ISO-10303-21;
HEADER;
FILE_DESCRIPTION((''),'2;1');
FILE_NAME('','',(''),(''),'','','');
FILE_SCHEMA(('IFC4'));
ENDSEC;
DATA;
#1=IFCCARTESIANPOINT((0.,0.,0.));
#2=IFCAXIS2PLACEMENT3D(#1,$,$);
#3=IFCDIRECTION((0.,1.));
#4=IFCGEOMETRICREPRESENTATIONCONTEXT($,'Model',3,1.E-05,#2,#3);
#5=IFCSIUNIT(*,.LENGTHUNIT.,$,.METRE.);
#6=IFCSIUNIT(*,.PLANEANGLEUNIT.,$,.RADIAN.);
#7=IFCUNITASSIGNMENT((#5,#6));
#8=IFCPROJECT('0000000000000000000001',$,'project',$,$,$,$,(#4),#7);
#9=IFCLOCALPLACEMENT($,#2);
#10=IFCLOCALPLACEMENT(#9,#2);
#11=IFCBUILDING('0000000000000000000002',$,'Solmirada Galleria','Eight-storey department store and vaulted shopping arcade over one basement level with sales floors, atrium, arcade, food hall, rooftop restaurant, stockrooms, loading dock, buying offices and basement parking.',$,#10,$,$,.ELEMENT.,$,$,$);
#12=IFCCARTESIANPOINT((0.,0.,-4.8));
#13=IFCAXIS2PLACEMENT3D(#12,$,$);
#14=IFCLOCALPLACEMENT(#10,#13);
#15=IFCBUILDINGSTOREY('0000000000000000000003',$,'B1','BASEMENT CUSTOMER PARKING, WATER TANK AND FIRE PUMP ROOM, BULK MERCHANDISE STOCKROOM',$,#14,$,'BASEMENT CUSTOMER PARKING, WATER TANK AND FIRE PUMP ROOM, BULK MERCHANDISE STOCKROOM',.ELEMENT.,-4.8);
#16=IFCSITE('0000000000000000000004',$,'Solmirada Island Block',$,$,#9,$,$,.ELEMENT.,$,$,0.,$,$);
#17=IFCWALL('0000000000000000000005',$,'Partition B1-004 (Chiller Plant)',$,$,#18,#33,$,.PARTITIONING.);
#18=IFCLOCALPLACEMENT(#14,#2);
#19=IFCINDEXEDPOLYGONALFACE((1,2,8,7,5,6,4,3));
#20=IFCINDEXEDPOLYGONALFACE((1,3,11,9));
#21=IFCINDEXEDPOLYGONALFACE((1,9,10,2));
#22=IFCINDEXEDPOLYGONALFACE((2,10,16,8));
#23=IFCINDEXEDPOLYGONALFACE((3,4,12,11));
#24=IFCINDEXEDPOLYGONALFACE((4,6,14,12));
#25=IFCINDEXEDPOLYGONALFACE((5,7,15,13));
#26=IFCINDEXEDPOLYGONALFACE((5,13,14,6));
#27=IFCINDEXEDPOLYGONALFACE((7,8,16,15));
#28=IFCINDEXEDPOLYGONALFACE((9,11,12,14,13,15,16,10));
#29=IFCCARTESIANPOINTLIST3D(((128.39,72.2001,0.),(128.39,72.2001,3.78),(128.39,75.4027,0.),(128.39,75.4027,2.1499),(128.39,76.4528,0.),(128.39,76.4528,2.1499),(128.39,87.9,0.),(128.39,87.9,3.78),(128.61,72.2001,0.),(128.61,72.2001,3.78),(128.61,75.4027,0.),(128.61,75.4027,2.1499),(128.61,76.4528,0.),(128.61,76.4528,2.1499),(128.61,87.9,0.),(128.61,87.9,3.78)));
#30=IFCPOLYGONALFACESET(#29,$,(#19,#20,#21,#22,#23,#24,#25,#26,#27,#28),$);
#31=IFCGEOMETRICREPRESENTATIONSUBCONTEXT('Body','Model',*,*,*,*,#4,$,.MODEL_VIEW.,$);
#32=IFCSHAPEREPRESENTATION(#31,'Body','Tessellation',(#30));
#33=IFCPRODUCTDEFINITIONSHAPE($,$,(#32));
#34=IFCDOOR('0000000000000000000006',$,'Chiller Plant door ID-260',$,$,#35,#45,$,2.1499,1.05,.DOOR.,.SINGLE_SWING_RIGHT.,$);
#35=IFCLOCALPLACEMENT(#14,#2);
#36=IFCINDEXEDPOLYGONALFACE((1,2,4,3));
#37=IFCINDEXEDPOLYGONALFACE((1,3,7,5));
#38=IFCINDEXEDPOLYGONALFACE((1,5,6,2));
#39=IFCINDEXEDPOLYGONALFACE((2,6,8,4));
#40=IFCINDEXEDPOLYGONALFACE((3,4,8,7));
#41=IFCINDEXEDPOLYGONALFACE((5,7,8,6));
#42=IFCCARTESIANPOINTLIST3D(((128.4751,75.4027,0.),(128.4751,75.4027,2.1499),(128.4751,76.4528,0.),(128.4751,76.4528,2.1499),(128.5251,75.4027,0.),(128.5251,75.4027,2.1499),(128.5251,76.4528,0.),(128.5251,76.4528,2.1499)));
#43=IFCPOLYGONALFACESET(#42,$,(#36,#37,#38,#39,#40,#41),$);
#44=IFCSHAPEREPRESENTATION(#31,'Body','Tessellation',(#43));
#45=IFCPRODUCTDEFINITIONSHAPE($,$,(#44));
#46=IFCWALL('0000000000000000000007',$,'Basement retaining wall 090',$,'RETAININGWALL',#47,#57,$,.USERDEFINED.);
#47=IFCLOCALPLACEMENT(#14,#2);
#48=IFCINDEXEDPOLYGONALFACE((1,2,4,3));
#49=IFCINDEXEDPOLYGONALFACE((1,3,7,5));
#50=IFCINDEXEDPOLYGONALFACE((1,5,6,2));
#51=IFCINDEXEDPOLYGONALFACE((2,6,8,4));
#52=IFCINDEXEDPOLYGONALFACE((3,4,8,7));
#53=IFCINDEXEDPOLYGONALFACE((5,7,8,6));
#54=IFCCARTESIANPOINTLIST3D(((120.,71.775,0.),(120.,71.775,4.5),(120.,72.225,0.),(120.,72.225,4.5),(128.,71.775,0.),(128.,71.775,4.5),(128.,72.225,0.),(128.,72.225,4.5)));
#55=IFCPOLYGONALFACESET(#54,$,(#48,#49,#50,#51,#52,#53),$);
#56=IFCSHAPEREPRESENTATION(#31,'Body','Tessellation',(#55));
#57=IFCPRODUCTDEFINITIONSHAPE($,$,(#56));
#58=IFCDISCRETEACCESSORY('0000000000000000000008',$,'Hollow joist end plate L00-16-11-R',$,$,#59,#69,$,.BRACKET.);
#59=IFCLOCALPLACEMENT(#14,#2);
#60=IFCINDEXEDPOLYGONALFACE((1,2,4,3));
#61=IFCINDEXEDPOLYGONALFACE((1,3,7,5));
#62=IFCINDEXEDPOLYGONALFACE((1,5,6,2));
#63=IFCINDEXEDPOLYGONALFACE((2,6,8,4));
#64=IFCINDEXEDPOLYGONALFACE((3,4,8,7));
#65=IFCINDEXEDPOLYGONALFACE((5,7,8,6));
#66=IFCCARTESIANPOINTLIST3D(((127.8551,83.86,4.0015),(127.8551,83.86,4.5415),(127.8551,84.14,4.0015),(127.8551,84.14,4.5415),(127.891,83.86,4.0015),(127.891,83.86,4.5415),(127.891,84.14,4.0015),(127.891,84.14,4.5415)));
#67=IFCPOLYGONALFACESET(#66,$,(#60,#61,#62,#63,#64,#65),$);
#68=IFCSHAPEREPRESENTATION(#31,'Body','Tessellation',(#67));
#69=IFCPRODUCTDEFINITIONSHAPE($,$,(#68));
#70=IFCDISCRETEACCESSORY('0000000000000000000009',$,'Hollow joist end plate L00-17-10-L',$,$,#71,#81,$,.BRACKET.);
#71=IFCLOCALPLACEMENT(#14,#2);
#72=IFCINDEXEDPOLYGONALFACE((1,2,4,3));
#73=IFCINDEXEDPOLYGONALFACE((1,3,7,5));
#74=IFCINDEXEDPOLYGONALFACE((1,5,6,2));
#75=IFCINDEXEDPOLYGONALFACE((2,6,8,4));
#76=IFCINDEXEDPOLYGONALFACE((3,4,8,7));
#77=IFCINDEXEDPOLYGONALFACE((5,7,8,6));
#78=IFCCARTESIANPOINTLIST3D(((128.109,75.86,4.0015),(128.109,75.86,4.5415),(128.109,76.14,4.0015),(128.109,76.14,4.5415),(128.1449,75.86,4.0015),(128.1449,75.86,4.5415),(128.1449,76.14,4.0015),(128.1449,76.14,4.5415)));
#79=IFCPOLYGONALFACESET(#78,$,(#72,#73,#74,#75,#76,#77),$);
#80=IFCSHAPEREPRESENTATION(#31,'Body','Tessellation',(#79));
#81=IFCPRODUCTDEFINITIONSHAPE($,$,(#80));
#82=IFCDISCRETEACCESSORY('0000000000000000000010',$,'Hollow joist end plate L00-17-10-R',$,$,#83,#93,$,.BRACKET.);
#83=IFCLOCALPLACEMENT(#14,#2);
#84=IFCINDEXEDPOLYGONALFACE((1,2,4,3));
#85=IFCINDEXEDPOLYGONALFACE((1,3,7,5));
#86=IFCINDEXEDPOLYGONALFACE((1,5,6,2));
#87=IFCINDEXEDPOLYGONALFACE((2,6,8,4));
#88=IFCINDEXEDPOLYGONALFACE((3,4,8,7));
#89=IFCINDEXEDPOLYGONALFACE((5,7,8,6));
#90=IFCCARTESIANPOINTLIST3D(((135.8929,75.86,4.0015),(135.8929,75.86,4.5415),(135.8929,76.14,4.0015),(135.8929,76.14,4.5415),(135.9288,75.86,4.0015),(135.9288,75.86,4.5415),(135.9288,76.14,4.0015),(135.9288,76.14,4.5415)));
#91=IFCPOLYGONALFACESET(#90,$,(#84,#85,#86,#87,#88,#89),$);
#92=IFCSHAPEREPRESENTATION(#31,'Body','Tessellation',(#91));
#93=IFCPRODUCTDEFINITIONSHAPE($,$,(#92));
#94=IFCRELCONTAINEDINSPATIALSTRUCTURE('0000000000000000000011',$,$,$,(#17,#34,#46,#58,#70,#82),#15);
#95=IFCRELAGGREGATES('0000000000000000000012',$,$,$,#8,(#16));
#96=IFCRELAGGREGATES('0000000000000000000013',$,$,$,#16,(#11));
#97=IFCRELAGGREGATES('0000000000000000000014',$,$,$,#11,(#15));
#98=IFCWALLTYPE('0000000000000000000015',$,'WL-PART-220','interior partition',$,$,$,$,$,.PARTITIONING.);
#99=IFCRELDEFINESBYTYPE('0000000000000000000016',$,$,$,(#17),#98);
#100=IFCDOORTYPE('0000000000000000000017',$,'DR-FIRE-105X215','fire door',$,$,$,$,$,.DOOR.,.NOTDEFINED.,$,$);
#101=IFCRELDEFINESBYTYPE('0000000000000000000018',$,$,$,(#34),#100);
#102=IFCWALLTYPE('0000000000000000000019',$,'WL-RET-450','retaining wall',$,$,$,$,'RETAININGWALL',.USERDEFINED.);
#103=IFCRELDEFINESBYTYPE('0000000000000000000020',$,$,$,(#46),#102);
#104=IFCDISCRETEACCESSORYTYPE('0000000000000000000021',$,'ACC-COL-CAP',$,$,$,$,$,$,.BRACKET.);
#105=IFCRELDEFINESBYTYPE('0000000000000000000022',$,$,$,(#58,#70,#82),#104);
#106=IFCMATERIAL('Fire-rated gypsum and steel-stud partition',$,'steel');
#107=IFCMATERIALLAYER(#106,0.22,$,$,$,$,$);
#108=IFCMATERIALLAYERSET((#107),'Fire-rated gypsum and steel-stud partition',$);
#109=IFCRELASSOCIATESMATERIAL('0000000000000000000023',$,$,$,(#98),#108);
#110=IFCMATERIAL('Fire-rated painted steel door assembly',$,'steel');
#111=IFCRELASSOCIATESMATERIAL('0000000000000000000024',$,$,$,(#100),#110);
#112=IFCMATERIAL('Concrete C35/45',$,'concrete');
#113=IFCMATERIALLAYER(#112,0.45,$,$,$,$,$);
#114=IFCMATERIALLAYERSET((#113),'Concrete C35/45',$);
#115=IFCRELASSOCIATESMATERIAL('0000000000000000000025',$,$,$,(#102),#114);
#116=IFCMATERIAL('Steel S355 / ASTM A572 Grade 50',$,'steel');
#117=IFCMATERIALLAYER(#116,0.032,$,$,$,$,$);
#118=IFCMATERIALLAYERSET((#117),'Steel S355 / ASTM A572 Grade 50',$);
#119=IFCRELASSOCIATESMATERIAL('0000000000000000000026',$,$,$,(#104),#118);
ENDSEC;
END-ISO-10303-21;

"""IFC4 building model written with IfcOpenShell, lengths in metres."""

from ifc_helpers import new_model, si_unit, direction, frame, frame_2d, origin, origin_2d, place, context, subcontext, project, spatial, rectangle, extrude, material, layer, layer_set, type_object, element, fill, save


model = new_model("IFC4")

# Units and contexts
model_context = context("Model", 3, precision=1e-05, world=origin(), true_north=direction((0.0, 1.0)))
body_context = subcontext(model_context, "Body", "Model", "MODEL_VIEW")
ifc_project = project(units=[si_unit("LENGTHUNIT", "METRE"), si_unit("PLANEANGLEUNIT", "RADIAN")], contexts=[model_context])

# Site, building, storey
site_placement = place(None, origin())
site = spatial("IfcSite", under=ifc_project, at=site_placement, Name="Solmirada Island Block", CompositionType="ELEMENT", RefElevation=0.0)
building_placement = place(site_placement, origin())
building = spatial("IfcBuilding", under=site, at=building_placement, Name="Solmirada Galleria", Description="Eight-storey department store and vaulted shopping arcade over one basement level with sales floors, atrium, arcade, food hall, rooftop restaurant, stockrooms, loading dock, buying offices and basement parking.", CompositionType="ELEMENT")
storey_placement = place(building_placement, frame((0.0, 0.0, -4.8)))
storey = spatial("IfcBuildingStorey", under=building, at=storey_placement, Name="B1", Description="BASEMENT CUSTOMER PARKING, WATER TANK AND FIRE PUMP ROOM, BULK MERCHANDISE STOCKROOM", LongName="BASEMENT CUSTOMER PARKING, WATER TANK AND FIRE PUMP ROOM, BULK MERCHANDISE STOCKROOM", CompositionType="ELEMENT", Elevation=-4.8)

# Shared definitions
ifc_material_1 = material(Name="Concrete C35/45", Category="concrete")

# Shared definitions
ifc_material_2 = material(Name="Steel S355 / ASTM A572 Grade 50", Category="steel")

# Wall, opening, door
ifc_material_3 = material(Name="Fire-rated gypsum and steel-stud partition", Category="steel")
ifc_layer_1 = layer(ifc_material_3, 0.22)
ifc_layer_set_1 = layer_set([ifc_layer_1], Name="Fire-rated gypsum and steel-stud partition")
wall_type_1 = type_object("IfcWallType", Name="WL-PART-220", Description="interior partition", PredefinedType="PARTITIONING", material=ifc_layer_set_1)
wall_1_placement = place(storey_placement, frame((128.5, 72.2, 0.0), z_axis=(0.0, 0.0, 1.0), x_axis=(0.0, 1.0, 0.0)))
wall_1 = element("IfcWall", 1, at=wall_1_placement, inside=storey, type_object=wall_type_1, Name="Partition B1-004 (Chiller Plant)", PredefinedType="PARTITIONING", context=body_context, shape_type="SweptSolid", body=[
    extrude(rectangle(XDim=15.7, YDim=0.22, at=frame_2d((7.8501, 0.0))), origin(), (0.0, 0.0, 1.0), 3.78),
])
opening_placement = place(wall_1_placement, frame((3.2029, 0.0, 0.0)))
opening = element("IfcOpeningElement", 2, at=opening_placement, cuts=wall_1, PredefinedType="OPENING", context=body_context, shape_type="SweptSolid", body=[
    extrude(rectangle(XDim=1.05, YDim=2.1499, at=frame_2d((0.5249, 1.075))), frame((0.0, 0.1199, 0.0), z_axis=(0.0, -1.0, 0.0), x_axis=(1.0, 0.0, 0.0)), (0.0, 0.0, 1.0), 0.24),
])
ifc_material_4 = material(Name="Fire-rated painted steel door assembly", Category="steel")
door_type = type_object("IfcDoorType", Name="DR-FIRE-105X215", Description="fire door", OperationType="NOTDEFINED", PredefinedType="DOOR", material=ifc_material_4)
door_placement = place(opening_placement, origin())
door = element("IfcDoor", 3, at=door_placement, inside=storey, type_object=door_type, Name="Chiller Plant door ID-260", OperationType="SINGLE_SWING_RIGHT", OverallHeight=2.1499, OverallWidth=1.05, PredefinedType="DOOR", context=body_context, shape_type="SweptSolid", body=[
    extrude(rectangle(XDim=1.05, YDim=2.1499, at=frame_2d((0.5249, 1.075))), frame((0.0, 0.0249, 0.0), z_axis=(0.0, -1.0, 0.0), x_axis=(1.0, 0.0, 0.0)), (0.0, 0.0, 1.0), 0.05),
])
fill(opening, door)

# Wall
ifc_layer_2 = layer(ifc_material_1, 0.45)
ifc_layer_set_2 = layer_set([ifc_layer_2], Name="Concrete C35/45")
wall_type_2 = type_object("IfcWallType", Name="WL-RET-450", Description="retaining wall", ElementType="RETAININGWALL", PredefinedType="USERDEFINED", material=ifc_layer_set_2)
wall_2_placement = place(storey_placement, frame((128.0, 72.0, 0.0), z_axis=(0.0, 0.0, 1.0), x_axis=(-1.0, 0.0, 0.0)))
element("IfcWall", 4, at=wall_2_placement, inside=storey, type_object=wall_type_2, Name="Basement retaining wall 090", ObjectType="RETAININGWALL", PredefinedType="USERDEFINED", context=body_context, shape_type="SweptSolid", body=[
    extrude(rectangle(XDim=8.0, YDim=0.45, at=frame_2d((4.0, 0.0))), origin(), (0.0, 0.0, 1.0), 4.5),
])

# Discrete accessories
ifc_layer_3 = layer(ifc_material_2, 0.032)
ifc_layer_set_3 = layer_set([ifc_layer_3], Name="Steel S355 / ASTM A572 Grade 50")
discrete_accessory_type = type_object("IfcDiscreteAccessoryType", Name="ACC-COL-CAP", PredefinedType="BRACKET", material=ifc_layer_set_3)
for number, where, z_axis, x_axis, name in (
    (5, (127.873, 84.0, 4.0015), (0.0, 0.0, 1.0), (1.0, 0.0, 0.0), "Hollow joist end plate L00-16-11-R"),
    (6, (128.127, 76.0, 4.0015), (0.0, 0.0, 1.0), (1.0, 0.0, 0.0), "Hollow joist end plate L00-17-10-L"),
    (7, (135.9109, 76.0, 4.0015), (0.0, 0.0, 1.0), (1.0, 0.0, 0.0), "Hollow joist end plate L00-17-10-R"),
):
    element("IfcDiscreteAccessory", number, at=place(storey_placement, frame(where, z_axis=z_axis, x_axis=x_axis)), inside=storey, type_object=discrete_accessory_type, Name=name, PredefinedType="BRACKET", context=body_context, shape_type="SweptSolid", body=[
        extrude(rectangle(XDim=0.0359, YDim=0.28, at=origin_2d()), origin(), (0.0, 0.0, 1.0), 0.54),
    ])

save(model, "model.ifc")
